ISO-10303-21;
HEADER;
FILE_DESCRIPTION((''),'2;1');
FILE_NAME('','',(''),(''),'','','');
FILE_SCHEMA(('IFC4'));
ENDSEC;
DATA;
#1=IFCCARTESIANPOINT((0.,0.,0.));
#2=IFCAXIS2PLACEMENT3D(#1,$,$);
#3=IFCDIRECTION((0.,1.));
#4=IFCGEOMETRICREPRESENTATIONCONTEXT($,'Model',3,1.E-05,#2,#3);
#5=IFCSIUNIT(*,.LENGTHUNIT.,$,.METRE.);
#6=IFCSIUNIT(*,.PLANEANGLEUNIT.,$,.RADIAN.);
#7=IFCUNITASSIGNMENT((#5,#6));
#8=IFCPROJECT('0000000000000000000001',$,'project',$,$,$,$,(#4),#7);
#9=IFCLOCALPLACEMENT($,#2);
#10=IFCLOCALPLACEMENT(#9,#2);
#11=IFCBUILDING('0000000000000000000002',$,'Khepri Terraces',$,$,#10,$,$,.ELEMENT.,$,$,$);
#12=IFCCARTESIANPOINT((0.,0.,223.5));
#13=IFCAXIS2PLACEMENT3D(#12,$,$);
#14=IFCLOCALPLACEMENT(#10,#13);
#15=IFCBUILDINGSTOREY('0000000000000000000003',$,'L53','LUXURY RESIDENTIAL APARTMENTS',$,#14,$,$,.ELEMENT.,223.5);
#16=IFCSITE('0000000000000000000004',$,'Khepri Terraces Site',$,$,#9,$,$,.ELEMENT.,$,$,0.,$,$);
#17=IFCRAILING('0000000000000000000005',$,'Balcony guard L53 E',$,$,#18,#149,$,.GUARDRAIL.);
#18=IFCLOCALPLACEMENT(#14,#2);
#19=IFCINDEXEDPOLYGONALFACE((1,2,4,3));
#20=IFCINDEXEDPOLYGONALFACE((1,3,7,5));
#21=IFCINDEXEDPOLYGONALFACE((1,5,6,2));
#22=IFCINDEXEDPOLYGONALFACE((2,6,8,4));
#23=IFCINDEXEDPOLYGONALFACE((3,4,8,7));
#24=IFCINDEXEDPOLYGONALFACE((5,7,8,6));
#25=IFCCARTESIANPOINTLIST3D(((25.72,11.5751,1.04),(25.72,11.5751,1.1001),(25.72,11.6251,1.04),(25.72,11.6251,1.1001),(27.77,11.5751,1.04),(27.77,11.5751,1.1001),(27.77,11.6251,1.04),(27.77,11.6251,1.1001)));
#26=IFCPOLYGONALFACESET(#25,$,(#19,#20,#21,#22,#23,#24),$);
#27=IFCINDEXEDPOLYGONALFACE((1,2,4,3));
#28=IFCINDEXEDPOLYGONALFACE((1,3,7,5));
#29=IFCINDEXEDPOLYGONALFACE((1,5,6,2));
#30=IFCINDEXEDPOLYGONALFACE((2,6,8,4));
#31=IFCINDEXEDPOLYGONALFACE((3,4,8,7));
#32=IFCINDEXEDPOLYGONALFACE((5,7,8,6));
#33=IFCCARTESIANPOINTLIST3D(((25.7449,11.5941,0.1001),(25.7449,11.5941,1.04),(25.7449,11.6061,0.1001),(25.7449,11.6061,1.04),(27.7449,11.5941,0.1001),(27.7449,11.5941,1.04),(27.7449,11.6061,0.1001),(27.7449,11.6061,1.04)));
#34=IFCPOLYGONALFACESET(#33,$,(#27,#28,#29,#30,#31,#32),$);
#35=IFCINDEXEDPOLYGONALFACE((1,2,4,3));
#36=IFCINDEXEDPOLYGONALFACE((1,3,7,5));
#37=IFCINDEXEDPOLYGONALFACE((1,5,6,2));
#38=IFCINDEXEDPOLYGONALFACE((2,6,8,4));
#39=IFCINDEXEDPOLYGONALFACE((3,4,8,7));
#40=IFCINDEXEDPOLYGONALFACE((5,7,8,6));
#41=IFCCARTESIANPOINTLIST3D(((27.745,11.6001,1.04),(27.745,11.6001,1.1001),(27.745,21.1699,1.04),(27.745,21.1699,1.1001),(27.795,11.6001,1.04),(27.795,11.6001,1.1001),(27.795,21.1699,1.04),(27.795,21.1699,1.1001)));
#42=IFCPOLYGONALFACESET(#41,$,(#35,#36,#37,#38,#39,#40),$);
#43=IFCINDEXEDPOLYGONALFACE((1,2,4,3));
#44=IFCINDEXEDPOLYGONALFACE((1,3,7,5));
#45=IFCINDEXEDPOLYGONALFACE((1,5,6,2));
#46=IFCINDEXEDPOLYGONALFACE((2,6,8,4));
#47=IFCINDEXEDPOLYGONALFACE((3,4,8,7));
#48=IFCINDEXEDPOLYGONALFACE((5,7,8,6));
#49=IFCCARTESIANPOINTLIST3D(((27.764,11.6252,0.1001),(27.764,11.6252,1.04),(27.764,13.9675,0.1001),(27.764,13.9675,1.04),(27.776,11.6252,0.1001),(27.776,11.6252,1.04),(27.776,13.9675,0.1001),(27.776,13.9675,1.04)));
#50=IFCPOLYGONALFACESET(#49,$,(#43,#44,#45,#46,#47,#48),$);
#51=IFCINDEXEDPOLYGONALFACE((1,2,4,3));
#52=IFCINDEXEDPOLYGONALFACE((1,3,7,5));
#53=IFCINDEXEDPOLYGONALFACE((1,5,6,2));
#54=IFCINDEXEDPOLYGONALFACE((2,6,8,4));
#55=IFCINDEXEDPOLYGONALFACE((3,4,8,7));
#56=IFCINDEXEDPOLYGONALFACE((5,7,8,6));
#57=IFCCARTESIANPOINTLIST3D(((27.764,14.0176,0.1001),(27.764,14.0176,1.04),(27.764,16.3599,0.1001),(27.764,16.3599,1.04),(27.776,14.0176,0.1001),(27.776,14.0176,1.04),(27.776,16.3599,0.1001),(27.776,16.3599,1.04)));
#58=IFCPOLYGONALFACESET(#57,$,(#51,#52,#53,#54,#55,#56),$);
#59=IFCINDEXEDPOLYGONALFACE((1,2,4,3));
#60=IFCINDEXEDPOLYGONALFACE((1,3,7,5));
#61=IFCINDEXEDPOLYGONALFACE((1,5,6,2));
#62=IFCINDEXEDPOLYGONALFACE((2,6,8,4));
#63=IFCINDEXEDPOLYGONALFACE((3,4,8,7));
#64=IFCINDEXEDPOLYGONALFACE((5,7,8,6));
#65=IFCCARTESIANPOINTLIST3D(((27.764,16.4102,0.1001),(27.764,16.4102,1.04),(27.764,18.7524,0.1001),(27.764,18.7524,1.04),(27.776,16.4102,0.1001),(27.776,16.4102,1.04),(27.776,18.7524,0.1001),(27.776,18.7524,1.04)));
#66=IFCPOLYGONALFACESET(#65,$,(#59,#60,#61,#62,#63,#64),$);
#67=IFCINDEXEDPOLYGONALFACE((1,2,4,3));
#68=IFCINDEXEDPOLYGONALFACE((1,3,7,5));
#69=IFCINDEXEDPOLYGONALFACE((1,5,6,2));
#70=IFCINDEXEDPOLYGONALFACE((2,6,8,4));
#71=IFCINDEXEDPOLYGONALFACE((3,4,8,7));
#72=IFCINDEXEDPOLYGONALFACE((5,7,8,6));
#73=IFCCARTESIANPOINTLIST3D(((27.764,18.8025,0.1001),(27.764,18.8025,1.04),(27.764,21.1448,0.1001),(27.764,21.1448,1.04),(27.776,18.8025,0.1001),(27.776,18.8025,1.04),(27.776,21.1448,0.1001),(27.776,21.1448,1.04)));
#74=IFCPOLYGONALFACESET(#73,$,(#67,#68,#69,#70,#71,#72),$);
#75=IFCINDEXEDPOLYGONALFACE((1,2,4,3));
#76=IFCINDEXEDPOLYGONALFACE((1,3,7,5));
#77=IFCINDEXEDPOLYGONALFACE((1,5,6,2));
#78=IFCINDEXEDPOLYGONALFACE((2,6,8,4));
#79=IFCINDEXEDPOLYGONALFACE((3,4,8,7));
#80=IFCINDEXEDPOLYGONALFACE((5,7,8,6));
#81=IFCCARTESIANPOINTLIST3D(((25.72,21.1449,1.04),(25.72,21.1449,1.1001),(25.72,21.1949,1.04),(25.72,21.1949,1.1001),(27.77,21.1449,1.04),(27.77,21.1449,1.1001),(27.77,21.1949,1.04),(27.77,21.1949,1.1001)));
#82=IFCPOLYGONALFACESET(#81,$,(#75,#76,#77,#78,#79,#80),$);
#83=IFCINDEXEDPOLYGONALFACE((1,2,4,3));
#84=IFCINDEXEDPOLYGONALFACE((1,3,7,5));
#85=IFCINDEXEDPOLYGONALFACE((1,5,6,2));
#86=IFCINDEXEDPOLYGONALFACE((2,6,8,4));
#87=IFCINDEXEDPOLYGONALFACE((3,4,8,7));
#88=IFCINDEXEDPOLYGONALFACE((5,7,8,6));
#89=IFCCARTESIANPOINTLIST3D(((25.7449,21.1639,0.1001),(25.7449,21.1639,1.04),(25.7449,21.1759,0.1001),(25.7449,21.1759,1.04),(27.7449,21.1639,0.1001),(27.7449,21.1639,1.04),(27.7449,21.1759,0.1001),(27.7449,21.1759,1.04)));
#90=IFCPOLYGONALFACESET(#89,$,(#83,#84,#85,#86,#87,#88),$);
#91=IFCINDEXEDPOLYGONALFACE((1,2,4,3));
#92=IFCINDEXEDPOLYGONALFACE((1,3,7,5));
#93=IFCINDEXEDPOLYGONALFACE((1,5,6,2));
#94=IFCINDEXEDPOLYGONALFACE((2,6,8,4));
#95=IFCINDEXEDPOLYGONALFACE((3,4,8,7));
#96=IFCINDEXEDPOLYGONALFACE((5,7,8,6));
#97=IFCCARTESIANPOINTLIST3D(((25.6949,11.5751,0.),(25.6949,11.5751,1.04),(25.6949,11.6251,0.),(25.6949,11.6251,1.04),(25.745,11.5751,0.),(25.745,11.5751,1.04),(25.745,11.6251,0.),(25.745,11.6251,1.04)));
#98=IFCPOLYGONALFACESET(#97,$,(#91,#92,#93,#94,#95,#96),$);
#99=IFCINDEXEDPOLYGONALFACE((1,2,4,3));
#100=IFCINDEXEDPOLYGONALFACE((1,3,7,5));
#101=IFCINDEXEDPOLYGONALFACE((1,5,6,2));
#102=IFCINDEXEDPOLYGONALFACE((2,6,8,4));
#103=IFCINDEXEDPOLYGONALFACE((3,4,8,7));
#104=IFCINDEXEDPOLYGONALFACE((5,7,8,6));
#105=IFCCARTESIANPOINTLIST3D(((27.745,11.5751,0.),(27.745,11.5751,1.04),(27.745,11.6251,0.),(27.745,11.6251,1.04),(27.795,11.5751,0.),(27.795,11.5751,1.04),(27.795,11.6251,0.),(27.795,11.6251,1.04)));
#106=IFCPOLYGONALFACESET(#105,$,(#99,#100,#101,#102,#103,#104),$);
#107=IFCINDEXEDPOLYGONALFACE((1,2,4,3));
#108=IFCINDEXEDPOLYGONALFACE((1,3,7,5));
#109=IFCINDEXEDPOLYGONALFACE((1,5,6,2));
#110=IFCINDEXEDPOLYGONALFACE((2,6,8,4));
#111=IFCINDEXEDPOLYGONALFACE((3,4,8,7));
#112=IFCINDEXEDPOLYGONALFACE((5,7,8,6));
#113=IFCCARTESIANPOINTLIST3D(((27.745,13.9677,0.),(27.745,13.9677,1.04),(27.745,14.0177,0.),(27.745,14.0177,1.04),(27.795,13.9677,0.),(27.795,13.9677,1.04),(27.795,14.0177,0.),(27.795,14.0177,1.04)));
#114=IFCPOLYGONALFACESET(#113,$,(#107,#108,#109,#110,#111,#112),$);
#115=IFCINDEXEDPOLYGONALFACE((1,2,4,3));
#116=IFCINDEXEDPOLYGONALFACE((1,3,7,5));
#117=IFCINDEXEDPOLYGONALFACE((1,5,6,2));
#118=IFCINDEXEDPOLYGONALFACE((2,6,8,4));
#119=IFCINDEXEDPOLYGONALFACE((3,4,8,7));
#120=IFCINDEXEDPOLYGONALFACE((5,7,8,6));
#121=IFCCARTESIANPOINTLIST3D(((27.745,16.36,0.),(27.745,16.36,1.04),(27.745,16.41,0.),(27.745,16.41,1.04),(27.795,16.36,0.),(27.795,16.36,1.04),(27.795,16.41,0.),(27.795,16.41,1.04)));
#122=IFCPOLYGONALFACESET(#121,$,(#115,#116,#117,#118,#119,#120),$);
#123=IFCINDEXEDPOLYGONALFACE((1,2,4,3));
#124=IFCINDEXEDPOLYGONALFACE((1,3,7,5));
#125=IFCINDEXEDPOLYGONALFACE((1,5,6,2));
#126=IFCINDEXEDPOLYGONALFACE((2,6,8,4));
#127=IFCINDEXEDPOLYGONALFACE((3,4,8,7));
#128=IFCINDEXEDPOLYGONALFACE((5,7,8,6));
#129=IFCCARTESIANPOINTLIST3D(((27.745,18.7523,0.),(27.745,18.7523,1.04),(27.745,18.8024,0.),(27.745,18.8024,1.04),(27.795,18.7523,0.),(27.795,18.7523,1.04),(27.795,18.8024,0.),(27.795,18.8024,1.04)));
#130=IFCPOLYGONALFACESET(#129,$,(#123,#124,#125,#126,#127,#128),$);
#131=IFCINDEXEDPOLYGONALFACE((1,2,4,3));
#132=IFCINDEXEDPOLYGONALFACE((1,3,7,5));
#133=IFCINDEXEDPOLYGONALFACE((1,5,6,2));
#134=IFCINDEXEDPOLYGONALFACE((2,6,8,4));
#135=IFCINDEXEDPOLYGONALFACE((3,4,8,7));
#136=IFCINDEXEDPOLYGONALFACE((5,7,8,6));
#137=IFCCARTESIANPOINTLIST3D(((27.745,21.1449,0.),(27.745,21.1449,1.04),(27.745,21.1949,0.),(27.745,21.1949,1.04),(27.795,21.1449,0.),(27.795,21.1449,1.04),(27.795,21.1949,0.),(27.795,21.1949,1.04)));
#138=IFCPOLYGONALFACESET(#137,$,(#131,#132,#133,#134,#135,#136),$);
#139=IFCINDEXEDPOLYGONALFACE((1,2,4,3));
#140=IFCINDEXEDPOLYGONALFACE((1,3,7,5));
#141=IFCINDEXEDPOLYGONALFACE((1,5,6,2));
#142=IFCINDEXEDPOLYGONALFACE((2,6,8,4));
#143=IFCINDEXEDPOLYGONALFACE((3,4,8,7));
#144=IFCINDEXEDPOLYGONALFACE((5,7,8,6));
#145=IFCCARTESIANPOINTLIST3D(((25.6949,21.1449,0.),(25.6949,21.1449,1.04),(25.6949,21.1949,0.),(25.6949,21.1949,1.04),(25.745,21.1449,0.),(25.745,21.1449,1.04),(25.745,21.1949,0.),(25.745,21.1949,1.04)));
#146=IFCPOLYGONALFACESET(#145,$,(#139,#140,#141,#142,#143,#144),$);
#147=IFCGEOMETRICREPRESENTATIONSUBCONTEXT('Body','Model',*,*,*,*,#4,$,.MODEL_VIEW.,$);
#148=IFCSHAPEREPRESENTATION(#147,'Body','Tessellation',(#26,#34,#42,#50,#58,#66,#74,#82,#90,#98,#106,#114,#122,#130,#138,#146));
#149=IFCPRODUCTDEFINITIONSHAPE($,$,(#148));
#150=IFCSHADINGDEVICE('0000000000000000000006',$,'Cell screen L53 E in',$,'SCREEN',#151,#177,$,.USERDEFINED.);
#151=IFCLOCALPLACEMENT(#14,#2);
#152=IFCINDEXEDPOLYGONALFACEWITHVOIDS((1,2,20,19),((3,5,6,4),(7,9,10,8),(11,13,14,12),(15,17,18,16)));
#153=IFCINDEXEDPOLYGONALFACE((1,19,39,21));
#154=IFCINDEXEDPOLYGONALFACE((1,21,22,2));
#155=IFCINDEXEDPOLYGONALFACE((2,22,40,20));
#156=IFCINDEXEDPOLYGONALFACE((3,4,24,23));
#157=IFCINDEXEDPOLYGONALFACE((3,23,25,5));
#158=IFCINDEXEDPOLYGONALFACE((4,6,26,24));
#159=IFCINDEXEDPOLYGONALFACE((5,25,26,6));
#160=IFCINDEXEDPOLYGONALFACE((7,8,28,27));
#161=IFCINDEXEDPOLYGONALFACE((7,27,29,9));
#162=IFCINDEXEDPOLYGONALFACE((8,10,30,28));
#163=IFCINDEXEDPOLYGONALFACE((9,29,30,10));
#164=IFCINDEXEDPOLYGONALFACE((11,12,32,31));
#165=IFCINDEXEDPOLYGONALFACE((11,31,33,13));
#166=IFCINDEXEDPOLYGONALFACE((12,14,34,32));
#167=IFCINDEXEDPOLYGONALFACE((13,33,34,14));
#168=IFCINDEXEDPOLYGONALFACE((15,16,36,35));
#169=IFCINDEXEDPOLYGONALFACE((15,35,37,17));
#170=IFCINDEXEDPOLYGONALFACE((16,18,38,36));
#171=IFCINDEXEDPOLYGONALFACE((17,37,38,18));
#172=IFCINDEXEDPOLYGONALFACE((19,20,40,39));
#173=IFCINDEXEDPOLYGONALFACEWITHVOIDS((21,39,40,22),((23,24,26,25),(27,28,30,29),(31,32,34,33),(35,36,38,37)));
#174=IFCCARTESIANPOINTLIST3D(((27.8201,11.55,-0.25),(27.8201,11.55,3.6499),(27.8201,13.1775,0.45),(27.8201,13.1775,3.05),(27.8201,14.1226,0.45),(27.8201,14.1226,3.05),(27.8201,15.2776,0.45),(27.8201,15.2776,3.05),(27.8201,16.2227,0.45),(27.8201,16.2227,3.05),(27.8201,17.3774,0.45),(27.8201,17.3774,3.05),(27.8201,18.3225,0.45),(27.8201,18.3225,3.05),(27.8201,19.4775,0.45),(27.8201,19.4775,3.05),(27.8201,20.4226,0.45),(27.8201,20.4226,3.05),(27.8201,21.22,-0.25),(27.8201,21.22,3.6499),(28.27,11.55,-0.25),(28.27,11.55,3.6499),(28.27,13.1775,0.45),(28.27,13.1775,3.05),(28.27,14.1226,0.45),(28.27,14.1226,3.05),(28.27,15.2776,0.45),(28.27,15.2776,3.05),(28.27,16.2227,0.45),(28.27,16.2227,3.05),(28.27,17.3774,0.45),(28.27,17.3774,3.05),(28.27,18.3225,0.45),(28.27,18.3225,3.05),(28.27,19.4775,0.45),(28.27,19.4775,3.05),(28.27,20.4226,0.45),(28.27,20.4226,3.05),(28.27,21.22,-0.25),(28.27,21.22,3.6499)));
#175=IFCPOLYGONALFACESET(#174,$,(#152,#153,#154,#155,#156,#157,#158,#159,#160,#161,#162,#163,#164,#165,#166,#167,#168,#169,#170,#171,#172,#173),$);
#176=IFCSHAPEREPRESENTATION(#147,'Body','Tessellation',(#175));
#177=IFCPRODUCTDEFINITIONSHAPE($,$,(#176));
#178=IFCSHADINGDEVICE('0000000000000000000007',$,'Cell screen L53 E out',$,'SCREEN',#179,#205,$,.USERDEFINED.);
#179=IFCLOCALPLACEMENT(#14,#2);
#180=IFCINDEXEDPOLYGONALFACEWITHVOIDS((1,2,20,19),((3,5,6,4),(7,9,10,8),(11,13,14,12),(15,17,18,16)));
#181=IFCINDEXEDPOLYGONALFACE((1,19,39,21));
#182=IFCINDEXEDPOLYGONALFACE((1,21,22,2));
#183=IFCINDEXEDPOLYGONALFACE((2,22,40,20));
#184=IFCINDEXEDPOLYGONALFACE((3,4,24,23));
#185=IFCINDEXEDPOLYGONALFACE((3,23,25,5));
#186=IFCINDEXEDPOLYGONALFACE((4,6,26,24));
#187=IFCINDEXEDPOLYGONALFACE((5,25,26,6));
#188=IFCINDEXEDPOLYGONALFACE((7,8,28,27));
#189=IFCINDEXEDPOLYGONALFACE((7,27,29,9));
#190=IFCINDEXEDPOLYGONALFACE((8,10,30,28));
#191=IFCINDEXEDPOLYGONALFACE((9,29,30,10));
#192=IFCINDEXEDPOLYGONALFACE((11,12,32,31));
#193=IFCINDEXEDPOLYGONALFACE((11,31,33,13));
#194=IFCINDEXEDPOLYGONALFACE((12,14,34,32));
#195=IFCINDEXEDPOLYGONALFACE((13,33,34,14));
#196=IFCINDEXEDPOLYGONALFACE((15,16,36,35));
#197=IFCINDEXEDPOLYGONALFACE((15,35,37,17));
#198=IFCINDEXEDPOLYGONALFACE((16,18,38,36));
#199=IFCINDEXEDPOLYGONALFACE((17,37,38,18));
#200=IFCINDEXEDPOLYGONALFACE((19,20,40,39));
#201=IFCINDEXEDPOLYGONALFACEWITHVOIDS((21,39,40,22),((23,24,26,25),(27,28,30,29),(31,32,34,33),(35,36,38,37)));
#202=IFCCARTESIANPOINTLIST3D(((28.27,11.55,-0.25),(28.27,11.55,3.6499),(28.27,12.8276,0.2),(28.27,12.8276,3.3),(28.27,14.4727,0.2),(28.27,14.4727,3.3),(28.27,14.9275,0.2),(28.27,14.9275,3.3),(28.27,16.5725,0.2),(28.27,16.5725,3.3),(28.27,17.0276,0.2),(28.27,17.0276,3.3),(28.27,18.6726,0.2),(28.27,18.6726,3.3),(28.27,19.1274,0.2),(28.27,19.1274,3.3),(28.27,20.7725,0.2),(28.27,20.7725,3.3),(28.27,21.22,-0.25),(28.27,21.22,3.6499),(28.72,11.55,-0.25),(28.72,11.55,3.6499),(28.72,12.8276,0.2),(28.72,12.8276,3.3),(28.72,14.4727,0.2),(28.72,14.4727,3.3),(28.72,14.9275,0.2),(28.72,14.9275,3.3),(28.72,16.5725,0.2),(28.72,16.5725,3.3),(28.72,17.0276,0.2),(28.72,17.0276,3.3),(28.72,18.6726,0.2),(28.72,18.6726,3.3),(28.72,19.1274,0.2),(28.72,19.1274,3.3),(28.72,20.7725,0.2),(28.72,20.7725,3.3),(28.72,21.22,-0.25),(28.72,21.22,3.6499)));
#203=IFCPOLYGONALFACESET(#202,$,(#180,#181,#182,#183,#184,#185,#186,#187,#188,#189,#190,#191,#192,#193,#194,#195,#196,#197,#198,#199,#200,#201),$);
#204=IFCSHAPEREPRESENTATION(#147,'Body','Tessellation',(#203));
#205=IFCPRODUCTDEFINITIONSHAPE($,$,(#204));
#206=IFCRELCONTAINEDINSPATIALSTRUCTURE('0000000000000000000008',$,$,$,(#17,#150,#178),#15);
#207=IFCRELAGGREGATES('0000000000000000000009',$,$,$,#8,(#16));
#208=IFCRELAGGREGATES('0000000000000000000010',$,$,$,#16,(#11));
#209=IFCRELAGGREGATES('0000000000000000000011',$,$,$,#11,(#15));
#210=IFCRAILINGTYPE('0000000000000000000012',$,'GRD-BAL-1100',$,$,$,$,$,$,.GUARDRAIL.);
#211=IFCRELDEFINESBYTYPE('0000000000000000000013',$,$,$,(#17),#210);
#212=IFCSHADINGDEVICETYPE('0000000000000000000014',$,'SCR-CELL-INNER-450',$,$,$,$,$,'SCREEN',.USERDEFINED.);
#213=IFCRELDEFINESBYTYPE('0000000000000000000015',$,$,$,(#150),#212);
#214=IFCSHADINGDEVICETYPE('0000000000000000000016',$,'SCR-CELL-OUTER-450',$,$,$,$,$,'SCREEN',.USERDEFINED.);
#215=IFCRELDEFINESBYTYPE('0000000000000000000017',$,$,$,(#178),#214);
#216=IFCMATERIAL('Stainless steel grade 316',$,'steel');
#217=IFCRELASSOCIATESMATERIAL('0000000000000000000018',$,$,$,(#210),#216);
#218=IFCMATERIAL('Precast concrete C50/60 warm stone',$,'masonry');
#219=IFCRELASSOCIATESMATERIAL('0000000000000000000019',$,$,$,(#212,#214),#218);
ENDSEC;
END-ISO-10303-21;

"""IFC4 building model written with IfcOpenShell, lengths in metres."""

from ifc_helpers import new_model, si_unit, direction, frame, origin, origin_2d, place, context, subcontext, project, spatial, polyline, rectangle, outline, extrude, material, type_object, element, save


model = new_model("IFC4")

# Units and contexts
model_context = context("Model", 3, precision=1e-05, world=origin(), true_north=direction((0.0, 1.0)))
body_context = subcontext(model_context, "Body", "Model", "MODEL_VIEW")
ifc_project = project(units=[si_unit("LENGTHUNIT", "METRE"), si_unit("PLANEANGLEUNIT", "RADIAN")], contexts=[model_context])

# Site, building, storey
site_placement = place(None, origin())
site = spatial("IfcSite", under=ifc_project, at=site_placement, Name="Khepri Terraces Site", CompositionType="ELEMENT", RefElevation=0.0)
building_placement = place(site_placement, origin())
building = spatial("IfcBuilding", under=site, at=building_placement, Name="Khepri Terraces", CompositionType="ELEMENT")
storey_placement = place(building_placement, frame((0.0, 0.0, 223.5)))
storey = spatial("IfcBuildingStorey", under=building, at=storey_placement, Name="L53", Description="LUXURY RESIDENTIAL APARTMENTS", CompositionType="ELEMENT", Elevation=223.5)

# Shared definitions
ifc_material_1 = material(Name="Precast concrete C50/60 warm stone", Category="masonry")

# Railing
ifc_material_2 = material(Name="Stainless steel grade 316", Category="steel")
railing_type = type_object("IfcRailingType", Name="GRD-BAL-1100", PredefinedType="GUARDRAIL", material=ifc_material_2)
railing_placement = place(storey_placement, frame((25.72, 11.6001, 0.0)))
element("IfcRailing", 1, at=railing_placement, inside=storey, type_object=railing_type, Name="Balcony guard L53 E", PredefinedType="GUARDRAIL", context=body_context, shape_type="SweptSolid", body=[
    extrude(rectangle(XDim=0.05, YDim=0.0601, at=origin_2d()), frame((0.0, 0.0, 1.0701), z_axis=(1.0, 0.0, 0.0), x_axis=(0.0, 1.0, 0.0)), (0.0, 0.0, 1.0), 2.05),
    extrude(rectangle(XDim=2.0, YDim=0.012, at=origin_2d()), frame((1.0249, 0.0, 0.1001), z_axis=(0.0, 0.0, 1.0), x_axis=(1.0, 0.0, 0.0)), (0.0, 0.0, 1.0), 0.9399),
    extrude(rectangle(XDim=0.05, YDim=0.0601, at=origin_2d()), frame((2.05, 0.0, 1.0701), z_axis=(0.0, 1.0, 0.0), x_axis=(-1.0, 0.0, 0.0)), (0.0, 0.0, 1.0), 9.5698),
    extrude(rectangle(XDim=2.3423, YDim=0.012, at=origin_2d()), frame((2.05, 1.1963, 0.1001), z_axis=(0.0, 0.0, 1.0), x_axis=(0.0, 1.0, 0.0)), (0.0, 0.0, 1.0), 0.9399),
    extrude(rectangle(XDim=2.3423, YDim=0.012, at=origin_2d()), frame((2.05, 3.5886, 0.1001), z_axis=(0.0, 0.0, 1.0), x_axis=(0.0, 1.0, 0.0)), (0.0, 0.0, 1.0), 0.9399),
    extrude(rectangle(XDim=2.3423, YDim=0.012, at=origin_2d()), frame((2.05, 5.9812, 0.1001), z_axis=(0.0, 0.0, 1.0), x_axis=(0.0, 1.0, 0.0)), (0.0, 0.0, 1.0), 0.9399),
    extrude(rectangle(XDim=2.3423, YDim=0.012, at=origin_2d()), frame((2.05, 8.3735, 0.1001), z_axis=(0.0, 0.0, 1.0), x_axis=(0.0, 1.0, 0.0)), (0.0, 0.0, 1.0), 0.9399),
    extrude(rectangle(XDim=0.05, YDim=0.0601, at=origin_2d()), frame((2.05, 9.5698, 1.0701), z_axis=(-1.0, 0.0, 0.0), x_axis=(0.0, -1.0, 0.0)), (0.0, 0.0, 1.0), 2.05),
    extrude(rectangle(XDim=2.0, YDim=0.012, at=origin_2d()), frame((1.0249, 9.5698, 0.1001), z_axis=(0.0, 0.0, 1.0), x_axis=(-1.0, 0.0, 0.0)), (0.0, 0.0, 1.0), 0.9399),
    extrude(rectangle(XDim=0.05, YDim=0.05, at=origin_2d()), origin(), (0.0, 0.0, 1.0), 1.04),
    extrude(rectangle(XDim=0.05, YDim=0.05, at=origin_2d()), frame((2.05, 0.0, 0.0)), (0.0, 0.0, 1.0), 1.04),
    extrude(rectangle(XDim=0.05, YDim=0.05, at=origin_2d()), frame((2.05, 2.3926, 0.0)), (0.0, 0.0, 1.0), 1.04),
    extrude(rectangle(XDim=0.05, YDim=0.05, at=origin_2d()), frame((2.05, 4.7849, 0.0)), (0.0, 0.0, 1.0), 1.04),
    extrude(rectangle(XDim=0.05, YDim=0.05, at=origin_2d()), frame((2.05, 7.1772, 0.0)), (0.0, 0.0, 1.0), 1.04),
    extrude(rectangle(XDim=0.05, YDim=0.05, at=origin_2d()), frame((2.05, 9.5698, 0.0)), (0.0, 0.0, 1.0), 1.04),
    extrude(rectangle(XDim=0.05, YDim=0.05, at=origin_2d()), frame((0.0, 9.5698, 0.0)), (0.0, 0.0, 1.0), 1.04),
])

# Shading devices
shading_device_type_1 = type_object("IfcShadingDeviceType", Name="SCR-CELL-INNER-450", ElementType="SCREEN", PredefinedType="USERDEFINED", material=ifc_material_1)
shading_device_1_placement = place(storey_placement, frame((27.8201, 11.55, -0.25), z_axis=(1.0, 0.0, 0.0), x_axis=(0.0, 1.0, 0.0)))
element("IfcShadingDevice", 2, at=shading_device_1_placement, inside=storey, type_object=shading_device_type_1, Name="Cell screen L53 E in", ObjectType="SCREEN", PredefinedType="USERDEFINED", context=body_context, shape_type="SweptSolid", body=[
    extrude(outline(polyline([(0.0, 0.0), (9.6699, 0.0), (9.6699, 3.8999), (0.0, 3.8999), (0.0, 0.0)]), holes=[polyline([(1.6274, 0.7), (2.5725, 0.7), (2.5725, 3.3), (1.6274, 3.3), (1.6274, 0.7)]), polyline([(3.7275, 0.7), (4.6726, 0.7), (4.6726, 3.3), (3.7275, 3.3), (3.7275, 0.7)]), polyline([(5.8274, 0.7), (6.7725, 0.7), (6.7725, 3.3), (5.8274, 3.3), (5.8274, 0.7)]), polyline([(7.9275, 0.7), (8.8726, 0.7), (8.8726, 3.3), (7.9275, 3.3), (7.9275, 0.7)])]), origin(), (0.0, 0.0, 1.0), 0.45),
])
shading_device_type_2 = type_object("IfcShadingDeviceType", Name="SCR-CELL-OUTER-450", ElementType="SCREEN", PredefinedType="USERDEFINED", material=ifc_material_1)
shading_device_2_placement = place(storey_placement, frame((28.27, 11.55, -0.25), z_axis=(1.0, 0.0, 0.0), x_axis=(0.0, 1.0, 0.0)))
element("IfcShadingDevice", 3, at=shading_device_2_placement, inside=storey, type_object=shading_device_type_2, Name="Cell screen L53 E out", ObjectType="SCREEN", PredefinedType="USERDEFINED", context=body_context, shape_type="SweptSolid", body=[
    extrude(outline(polyline([(0.0, 0.0), (9.6699, 0.0), (9.6699, 3.8999), (0.0, 3.8999), (0.0, 0.0)]), holes=[polyline([(1.2776, 0.45), (2.9226, 0.45), (2.9226, 3.55), (1.2776, 3.55), (1.2776, 0.45)]), polyline([(3.3774, 0.45), (5.0225, 0.45), (5.0225, 3.55), (3.3774, 3.55), (3.3774, 0.45)]), polyline([(5.4775, 0.45), (7.1226, 0.45), (7.1226, 3.55), (5.4775, 3.55), (5.4775, 0.45)]), polyline([(7.5774, 0.45), (9.2224, 0.45), (9.2224, 3.55), (7.5774, 3.55), (7.5774, 0.45)])]), origin(), (0.0, 0.0, 1.0), 0.45),
])

save(model, "model.ifc")
